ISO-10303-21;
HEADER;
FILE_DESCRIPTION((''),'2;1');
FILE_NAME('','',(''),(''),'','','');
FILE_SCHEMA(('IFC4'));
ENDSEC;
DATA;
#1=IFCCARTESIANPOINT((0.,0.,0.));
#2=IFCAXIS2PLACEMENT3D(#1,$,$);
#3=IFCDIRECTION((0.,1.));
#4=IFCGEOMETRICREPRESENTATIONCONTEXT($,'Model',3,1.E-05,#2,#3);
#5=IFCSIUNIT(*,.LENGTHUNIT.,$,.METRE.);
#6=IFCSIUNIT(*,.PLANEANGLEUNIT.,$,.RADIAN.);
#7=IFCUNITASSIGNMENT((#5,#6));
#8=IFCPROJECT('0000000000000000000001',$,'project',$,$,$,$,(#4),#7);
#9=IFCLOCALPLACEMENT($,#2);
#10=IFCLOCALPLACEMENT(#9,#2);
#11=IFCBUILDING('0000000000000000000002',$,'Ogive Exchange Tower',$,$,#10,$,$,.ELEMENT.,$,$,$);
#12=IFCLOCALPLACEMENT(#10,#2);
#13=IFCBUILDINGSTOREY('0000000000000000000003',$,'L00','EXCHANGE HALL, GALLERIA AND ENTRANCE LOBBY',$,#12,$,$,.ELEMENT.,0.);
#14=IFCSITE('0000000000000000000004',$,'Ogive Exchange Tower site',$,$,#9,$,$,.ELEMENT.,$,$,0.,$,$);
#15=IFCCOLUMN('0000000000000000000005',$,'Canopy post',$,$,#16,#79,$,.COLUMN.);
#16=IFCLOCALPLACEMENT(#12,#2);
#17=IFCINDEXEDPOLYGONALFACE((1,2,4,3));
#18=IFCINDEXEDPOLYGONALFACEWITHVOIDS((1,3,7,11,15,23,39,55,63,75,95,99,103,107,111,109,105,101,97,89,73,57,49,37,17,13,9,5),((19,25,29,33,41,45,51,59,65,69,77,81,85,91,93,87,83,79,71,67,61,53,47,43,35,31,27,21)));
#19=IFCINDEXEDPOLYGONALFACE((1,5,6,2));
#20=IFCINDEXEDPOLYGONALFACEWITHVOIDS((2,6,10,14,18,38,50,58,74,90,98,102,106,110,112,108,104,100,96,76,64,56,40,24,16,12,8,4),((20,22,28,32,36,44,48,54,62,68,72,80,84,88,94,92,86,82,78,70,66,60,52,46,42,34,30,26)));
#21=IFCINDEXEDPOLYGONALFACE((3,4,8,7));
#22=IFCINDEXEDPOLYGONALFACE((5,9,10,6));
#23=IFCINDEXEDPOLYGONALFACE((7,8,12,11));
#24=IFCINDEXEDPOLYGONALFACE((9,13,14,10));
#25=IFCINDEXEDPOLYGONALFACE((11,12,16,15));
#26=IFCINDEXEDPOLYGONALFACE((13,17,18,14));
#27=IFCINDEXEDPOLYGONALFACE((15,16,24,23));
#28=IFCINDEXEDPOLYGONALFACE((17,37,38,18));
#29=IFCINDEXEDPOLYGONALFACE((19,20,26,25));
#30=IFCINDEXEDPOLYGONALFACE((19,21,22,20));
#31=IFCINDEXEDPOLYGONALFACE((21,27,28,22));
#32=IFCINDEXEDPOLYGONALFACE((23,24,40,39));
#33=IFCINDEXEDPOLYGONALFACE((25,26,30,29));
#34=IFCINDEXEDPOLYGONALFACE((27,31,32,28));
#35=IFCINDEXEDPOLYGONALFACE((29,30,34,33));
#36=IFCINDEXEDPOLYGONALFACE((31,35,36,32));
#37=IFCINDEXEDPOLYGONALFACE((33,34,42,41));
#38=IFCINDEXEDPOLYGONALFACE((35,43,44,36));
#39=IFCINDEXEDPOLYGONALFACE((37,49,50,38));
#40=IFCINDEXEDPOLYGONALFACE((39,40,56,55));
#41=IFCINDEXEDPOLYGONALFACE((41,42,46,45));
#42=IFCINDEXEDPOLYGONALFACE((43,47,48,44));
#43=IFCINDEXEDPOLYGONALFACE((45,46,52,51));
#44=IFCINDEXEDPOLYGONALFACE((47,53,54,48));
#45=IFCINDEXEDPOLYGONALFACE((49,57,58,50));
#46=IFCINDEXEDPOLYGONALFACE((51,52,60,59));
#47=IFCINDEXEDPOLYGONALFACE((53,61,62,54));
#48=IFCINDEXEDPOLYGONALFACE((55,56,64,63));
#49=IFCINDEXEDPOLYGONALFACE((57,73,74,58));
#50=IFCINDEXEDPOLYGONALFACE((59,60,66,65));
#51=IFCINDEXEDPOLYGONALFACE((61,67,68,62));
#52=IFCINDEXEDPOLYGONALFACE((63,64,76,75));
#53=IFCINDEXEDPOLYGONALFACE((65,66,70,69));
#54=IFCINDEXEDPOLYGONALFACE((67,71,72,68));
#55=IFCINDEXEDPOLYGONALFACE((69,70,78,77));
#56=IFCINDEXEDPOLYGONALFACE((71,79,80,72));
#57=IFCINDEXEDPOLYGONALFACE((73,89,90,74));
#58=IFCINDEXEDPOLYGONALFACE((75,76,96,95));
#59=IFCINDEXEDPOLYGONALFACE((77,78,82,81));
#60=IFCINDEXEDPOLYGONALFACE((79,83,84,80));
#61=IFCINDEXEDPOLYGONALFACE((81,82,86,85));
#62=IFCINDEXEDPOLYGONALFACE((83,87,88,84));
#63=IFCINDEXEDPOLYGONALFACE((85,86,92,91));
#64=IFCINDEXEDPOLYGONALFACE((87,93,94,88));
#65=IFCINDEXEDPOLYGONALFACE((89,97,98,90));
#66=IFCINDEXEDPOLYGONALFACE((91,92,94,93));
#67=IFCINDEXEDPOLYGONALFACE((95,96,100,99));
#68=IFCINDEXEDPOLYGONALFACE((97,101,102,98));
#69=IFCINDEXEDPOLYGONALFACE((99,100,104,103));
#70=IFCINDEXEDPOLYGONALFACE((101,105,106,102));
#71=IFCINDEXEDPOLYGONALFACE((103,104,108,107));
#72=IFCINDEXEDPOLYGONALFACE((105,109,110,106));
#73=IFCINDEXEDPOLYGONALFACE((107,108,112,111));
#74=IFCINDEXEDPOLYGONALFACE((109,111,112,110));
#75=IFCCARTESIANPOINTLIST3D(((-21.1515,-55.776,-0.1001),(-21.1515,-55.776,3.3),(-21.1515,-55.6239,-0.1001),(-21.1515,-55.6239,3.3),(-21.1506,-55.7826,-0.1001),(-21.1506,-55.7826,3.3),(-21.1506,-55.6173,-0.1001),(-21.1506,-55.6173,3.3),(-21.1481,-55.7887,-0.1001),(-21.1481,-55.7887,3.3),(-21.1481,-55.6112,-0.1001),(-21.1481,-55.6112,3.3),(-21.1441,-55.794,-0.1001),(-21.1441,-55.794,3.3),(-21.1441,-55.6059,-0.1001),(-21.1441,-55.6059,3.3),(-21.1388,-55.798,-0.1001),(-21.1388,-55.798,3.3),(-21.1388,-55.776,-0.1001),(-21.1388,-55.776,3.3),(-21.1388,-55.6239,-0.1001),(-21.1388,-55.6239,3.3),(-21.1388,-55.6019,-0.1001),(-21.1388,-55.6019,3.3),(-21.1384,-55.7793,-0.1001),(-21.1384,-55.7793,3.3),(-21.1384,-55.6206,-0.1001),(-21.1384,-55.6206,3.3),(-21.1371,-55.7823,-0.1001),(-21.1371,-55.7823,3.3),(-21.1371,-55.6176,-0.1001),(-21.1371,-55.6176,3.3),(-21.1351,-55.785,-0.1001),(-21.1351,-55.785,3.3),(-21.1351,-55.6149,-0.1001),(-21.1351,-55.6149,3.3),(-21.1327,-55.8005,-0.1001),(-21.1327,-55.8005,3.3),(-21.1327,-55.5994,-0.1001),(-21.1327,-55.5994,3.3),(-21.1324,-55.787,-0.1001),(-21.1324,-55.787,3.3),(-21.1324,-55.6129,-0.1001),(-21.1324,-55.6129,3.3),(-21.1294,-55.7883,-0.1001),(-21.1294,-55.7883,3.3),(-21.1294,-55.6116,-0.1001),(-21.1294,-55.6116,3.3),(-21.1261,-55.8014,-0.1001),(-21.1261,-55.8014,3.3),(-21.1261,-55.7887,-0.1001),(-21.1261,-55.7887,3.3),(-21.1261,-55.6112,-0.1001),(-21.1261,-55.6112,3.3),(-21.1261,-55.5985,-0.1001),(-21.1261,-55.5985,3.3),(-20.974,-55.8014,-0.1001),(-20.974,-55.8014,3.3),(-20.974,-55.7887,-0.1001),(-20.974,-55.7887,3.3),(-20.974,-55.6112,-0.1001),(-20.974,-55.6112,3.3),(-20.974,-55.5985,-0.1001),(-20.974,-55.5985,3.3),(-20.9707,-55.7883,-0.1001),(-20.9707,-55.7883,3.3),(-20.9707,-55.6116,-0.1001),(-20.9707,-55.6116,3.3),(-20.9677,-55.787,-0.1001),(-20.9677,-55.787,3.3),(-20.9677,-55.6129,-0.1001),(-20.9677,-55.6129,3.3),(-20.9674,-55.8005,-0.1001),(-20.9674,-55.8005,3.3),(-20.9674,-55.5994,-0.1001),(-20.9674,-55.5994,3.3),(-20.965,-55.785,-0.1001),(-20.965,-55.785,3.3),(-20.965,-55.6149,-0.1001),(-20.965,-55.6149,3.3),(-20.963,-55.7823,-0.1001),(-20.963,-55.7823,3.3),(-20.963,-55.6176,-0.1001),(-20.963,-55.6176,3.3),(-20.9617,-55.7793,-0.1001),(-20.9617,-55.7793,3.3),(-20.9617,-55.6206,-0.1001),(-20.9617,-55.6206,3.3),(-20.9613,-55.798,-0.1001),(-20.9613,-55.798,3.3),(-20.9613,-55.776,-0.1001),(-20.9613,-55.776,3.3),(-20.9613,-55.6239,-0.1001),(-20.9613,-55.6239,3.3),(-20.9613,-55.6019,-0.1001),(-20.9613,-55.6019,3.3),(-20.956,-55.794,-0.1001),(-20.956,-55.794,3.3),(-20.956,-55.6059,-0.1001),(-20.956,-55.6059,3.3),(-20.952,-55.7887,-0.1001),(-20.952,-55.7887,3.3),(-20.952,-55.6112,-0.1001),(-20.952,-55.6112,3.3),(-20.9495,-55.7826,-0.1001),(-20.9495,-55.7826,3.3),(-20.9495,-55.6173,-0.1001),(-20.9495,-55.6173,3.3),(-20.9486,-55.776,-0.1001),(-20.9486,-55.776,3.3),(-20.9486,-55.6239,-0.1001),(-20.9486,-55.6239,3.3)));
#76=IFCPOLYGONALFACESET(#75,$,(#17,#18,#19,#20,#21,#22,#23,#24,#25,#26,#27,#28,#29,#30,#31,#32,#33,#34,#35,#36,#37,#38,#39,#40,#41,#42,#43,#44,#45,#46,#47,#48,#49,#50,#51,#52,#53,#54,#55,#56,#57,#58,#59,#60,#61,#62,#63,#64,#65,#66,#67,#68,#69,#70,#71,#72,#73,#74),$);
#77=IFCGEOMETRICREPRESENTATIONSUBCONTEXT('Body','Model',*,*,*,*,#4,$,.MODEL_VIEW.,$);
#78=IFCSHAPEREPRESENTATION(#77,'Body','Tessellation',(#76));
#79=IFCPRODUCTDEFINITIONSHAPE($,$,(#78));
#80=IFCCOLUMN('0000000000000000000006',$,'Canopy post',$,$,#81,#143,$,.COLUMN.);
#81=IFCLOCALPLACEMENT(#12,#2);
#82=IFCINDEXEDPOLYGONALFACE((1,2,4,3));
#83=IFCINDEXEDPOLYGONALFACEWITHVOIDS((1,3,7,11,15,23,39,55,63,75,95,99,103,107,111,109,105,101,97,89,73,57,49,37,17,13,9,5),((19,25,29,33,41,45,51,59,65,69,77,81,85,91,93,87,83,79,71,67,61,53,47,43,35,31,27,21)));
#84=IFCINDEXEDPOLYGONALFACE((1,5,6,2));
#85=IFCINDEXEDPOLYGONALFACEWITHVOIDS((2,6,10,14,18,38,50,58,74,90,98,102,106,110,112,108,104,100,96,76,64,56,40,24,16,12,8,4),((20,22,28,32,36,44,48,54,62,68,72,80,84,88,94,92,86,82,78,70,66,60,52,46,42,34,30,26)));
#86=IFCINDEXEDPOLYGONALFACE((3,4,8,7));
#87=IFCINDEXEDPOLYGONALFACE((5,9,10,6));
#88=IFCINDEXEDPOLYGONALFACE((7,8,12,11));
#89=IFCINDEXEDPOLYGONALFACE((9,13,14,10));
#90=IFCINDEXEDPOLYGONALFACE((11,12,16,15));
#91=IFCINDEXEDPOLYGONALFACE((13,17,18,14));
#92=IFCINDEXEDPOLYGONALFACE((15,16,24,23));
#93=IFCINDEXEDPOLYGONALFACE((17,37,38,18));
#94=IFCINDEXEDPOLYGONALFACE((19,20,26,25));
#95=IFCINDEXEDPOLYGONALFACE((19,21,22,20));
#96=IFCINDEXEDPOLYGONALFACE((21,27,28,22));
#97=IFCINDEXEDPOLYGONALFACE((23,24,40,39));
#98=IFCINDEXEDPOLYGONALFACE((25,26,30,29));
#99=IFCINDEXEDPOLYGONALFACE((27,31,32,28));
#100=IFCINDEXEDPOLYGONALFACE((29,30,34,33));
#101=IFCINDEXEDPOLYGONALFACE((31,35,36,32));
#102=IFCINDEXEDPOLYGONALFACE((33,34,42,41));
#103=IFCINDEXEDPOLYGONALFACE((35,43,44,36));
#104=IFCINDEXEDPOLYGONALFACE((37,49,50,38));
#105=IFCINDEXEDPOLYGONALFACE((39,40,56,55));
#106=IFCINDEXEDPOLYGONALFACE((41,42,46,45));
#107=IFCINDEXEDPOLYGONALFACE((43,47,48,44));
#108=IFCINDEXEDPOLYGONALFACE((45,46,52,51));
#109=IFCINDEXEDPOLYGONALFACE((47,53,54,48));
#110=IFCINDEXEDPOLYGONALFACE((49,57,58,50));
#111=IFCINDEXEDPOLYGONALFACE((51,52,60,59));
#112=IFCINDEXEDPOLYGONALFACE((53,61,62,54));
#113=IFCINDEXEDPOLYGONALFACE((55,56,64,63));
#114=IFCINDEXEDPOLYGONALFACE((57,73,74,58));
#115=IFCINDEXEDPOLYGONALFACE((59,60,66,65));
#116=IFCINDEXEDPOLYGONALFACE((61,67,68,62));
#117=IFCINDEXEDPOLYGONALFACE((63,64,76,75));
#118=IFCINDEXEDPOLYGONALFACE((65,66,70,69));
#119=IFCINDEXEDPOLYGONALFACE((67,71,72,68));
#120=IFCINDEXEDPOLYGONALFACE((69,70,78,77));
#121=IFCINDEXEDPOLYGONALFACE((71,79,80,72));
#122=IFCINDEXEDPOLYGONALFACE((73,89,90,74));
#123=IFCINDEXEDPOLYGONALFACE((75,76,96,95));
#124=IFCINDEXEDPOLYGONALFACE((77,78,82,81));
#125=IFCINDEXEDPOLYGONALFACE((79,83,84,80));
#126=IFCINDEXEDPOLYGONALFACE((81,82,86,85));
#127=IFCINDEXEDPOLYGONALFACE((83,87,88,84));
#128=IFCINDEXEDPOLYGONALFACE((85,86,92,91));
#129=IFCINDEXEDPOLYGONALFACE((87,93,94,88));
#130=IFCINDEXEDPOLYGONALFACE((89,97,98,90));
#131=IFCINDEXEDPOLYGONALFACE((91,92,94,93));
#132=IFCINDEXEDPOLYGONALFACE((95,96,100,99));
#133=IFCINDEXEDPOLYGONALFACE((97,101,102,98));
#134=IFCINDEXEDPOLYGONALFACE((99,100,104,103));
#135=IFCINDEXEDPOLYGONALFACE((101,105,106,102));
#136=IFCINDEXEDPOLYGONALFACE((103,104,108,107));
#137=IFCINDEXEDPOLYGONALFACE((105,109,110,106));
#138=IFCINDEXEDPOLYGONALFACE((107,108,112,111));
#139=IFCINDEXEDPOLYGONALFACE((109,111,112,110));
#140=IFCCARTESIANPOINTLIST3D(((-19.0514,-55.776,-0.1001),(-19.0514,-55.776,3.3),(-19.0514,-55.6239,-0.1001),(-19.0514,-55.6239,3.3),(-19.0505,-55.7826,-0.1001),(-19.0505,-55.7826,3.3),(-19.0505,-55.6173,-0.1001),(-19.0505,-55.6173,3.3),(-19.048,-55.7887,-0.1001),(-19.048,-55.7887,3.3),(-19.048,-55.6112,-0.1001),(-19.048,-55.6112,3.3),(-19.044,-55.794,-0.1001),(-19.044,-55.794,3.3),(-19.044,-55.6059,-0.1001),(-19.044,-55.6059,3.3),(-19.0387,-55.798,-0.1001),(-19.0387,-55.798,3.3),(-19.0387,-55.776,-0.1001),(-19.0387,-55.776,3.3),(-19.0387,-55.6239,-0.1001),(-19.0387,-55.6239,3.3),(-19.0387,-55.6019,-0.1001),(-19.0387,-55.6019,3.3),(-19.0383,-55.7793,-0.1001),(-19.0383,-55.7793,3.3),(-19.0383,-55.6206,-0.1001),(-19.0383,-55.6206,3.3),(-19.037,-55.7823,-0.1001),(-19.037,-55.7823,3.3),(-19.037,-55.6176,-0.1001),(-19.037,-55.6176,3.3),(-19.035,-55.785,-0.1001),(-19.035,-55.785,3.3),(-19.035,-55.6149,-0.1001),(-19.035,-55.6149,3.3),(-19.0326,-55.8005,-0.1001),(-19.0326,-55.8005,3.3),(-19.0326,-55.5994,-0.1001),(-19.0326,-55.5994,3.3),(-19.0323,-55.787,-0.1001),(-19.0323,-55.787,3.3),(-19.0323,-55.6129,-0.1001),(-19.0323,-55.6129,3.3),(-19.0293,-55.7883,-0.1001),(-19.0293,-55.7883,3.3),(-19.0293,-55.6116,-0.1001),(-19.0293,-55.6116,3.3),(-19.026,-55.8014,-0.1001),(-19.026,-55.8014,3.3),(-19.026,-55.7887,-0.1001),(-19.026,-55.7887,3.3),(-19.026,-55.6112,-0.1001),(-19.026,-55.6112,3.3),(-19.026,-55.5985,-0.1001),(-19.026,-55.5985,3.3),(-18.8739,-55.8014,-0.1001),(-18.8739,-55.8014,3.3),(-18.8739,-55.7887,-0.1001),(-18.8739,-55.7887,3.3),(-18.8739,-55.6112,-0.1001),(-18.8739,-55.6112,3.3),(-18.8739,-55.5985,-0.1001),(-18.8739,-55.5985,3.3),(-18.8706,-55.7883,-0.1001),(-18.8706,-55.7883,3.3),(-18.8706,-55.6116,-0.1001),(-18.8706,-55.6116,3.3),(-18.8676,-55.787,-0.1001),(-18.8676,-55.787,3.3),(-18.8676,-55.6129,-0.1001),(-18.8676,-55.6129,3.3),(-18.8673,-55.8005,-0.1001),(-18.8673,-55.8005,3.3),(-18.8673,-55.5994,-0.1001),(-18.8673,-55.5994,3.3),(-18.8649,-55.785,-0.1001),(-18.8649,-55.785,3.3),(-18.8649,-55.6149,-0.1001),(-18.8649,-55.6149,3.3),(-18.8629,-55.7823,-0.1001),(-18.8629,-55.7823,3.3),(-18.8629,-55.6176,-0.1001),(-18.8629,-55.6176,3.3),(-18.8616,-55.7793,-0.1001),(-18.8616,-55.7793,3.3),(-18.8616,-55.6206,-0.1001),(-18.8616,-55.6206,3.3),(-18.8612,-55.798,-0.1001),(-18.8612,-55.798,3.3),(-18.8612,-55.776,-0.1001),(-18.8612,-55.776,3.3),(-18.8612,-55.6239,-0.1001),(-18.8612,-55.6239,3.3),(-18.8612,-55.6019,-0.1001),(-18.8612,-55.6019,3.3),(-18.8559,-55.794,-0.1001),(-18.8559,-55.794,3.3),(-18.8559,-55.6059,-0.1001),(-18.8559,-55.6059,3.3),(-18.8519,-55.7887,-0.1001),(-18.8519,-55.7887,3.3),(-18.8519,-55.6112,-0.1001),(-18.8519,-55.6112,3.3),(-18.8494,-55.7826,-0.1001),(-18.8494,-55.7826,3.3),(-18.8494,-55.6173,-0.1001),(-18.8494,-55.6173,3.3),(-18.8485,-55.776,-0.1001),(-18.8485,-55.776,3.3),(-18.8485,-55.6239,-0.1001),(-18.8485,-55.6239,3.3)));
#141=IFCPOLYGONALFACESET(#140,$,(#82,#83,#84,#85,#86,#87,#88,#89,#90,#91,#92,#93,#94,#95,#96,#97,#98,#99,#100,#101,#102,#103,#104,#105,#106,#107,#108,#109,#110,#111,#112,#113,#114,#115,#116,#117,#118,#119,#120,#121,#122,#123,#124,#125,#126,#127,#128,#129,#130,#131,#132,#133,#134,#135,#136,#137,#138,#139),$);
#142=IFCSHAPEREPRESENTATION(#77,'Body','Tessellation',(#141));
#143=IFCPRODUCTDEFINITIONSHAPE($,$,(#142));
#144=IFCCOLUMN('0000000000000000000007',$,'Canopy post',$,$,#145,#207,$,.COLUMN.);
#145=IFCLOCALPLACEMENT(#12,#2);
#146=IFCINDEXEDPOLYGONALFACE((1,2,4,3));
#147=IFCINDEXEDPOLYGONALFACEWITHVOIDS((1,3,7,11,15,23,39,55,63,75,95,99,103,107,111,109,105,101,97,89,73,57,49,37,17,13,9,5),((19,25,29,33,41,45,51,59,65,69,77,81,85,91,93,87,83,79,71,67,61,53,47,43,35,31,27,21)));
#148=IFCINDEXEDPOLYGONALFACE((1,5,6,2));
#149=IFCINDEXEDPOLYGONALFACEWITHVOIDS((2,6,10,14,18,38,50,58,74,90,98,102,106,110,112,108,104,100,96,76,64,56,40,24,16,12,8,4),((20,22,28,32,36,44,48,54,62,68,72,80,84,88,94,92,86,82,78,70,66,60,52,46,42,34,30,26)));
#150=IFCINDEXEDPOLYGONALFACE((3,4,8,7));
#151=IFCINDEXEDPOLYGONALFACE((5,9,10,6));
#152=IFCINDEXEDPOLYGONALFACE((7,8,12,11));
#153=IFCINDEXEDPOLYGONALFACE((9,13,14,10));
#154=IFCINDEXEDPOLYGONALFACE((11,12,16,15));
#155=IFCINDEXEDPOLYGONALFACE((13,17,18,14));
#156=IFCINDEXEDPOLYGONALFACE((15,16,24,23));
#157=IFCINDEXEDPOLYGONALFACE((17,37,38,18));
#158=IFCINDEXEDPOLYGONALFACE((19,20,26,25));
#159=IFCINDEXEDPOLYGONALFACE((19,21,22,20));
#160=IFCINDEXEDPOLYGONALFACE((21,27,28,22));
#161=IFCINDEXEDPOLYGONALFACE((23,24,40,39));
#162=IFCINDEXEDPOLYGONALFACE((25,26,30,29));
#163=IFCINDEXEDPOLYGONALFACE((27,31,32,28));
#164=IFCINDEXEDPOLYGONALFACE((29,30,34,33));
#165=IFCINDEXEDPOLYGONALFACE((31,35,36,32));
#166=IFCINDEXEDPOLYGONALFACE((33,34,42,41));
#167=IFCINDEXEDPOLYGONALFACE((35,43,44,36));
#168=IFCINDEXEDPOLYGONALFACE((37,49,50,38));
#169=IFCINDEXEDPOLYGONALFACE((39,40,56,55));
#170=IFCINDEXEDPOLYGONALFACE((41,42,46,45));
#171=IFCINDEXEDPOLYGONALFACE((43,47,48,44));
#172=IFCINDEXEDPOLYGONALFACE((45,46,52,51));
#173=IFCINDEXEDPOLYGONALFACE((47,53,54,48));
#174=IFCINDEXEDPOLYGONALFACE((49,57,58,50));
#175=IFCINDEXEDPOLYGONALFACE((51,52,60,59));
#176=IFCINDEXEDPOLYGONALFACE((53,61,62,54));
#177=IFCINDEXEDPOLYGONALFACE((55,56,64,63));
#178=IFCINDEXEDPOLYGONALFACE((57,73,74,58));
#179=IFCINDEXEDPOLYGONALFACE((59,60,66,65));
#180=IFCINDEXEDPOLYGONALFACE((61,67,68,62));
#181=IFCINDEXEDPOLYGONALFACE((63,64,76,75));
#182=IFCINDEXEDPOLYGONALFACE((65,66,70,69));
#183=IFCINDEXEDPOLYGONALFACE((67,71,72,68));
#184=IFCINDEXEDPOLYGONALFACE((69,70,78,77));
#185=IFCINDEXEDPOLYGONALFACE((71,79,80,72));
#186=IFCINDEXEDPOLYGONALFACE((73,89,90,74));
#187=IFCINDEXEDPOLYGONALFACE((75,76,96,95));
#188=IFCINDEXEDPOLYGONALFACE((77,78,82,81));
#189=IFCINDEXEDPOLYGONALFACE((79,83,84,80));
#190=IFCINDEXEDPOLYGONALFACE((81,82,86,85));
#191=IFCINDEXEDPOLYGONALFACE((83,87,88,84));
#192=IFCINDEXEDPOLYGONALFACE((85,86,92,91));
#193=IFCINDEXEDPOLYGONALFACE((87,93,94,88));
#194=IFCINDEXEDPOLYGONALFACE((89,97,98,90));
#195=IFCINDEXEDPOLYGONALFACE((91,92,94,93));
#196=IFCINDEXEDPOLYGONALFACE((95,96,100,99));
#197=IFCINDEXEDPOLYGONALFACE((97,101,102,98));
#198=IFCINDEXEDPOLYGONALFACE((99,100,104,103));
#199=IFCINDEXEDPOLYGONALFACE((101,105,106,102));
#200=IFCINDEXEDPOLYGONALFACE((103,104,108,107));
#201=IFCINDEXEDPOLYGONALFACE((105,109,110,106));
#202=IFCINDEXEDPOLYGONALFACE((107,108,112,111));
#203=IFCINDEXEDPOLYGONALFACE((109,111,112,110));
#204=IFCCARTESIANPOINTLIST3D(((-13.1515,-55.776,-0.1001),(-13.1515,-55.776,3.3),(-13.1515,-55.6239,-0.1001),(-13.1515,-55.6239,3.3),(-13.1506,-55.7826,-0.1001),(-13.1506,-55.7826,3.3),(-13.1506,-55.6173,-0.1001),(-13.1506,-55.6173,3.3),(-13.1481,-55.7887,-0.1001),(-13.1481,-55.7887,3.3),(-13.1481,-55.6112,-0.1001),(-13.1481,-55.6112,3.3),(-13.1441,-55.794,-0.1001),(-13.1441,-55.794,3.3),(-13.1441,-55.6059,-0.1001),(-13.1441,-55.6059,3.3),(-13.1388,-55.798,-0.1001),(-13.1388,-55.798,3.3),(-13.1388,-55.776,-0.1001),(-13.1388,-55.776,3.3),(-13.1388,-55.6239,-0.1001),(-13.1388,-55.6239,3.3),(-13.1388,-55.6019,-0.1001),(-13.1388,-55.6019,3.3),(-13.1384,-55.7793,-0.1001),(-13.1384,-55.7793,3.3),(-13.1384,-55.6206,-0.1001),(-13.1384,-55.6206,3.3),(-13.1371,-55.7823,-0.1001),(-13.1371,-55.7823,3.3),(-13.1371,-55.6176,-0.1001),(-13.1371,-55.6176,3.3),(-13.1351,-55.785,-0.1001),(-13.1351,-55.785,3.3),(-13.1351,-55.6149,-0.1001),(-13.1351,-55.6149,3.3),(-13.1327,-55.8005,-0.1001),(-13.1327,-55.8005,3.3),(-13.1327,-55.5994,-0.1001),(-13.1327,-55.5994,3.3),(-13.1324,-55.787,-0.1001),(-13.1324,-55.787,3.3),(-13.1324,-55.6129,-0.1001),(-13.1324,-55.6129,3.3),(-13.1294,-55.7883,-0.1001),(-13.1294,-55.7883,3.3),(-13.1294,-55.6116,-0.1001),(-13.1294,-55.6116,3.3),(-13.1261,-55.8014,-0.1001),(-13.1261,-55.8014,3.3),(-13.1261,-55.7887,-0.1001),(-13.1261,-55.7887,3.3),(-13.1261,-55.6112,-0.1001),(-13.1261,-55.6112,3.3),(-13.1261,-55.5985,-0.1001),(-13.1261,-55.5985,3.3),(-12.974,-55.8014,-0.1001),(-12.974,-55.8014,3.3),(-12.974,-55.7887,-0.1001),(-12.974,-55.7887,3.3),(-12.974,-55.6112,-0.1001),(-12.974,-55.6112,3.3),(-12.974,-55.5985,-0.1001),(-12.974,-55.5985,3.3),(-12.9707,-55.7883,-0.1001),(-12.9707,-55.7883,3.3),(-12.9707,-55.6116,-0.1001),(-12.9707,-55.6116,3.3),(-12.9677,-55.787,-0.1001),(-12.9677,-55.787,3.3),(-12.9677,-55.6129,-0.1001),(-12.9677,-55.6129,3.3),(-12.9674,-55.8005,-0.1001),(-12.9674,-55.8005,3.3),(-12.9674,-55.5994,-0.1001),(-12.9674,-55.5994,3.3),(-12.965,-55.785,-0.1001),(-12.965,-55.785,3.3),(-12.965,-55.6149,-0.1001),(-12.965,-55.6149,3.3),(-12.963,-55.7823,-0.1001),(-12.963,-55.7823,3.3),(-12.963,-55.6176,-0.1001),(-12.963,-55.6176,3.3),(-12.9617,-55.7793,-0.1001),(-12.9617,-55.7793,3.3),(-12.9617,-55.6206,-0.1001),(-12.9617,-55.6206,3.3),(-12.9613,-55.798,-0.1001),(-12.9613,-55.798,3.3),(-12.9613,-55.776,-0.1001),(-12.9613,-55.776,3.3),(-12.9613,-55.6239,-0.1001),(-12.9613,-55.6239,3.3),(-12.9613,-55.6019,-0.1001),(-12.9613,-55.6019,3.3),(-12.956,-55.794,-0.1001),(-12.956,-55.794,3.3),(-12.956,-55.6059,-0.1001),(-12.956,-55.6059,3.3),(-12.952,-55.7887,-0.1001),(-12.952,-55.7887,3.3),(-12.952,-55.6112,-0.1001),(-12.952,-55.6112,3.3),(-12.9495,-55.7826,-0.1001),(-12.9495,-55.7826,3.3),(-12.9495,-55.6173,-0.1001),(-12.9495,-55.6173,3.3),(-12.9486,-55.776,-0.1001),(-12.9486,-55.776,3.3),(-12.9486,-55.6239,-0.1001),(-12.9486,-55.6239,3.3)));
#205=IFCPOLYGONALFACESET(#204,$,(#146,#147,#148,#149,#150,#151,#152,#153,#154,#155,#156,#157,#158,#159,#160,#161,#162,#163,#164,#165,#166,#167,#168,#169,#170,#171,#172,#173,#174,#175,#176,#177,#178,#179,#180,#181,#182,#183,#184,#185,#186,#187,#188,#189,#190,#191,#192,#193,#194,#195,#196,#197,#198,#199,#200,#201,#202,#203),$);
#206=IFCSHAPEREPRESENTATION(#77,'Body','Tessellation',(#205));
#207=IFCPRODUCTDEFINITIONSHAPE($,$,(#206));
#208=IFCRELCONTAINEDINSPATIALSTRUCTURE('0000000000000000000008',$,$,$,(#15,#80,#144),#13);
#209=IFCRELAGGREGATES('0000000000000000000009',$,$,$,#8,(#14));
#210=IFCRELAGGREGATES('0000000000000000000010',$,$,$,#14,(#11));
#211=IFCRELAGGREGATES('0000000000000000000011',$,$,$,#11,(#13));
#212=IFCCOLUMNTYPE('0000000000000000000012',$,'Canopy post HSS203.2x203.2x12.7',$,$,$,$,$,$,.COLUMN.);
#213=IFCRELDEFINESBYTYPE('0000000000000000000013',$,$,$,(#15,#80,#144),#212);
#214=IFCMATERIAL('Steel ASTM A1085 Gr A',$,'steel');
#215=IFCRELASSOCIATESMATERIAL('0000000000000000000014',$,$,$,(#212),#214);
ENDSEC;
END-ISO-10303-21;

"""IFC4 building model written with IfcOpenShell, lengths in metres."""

from ifc_helpers import new_model, si_unit, direction, frame, origin, origin_2d, place, context, subcontext, project, spatial, hollow_rectangle, extrude, material, material_profile, profile_set, type_object, element, save


model = new_model("IFC4")

# Units and contexts
model_context = context("Model", 3, precision=1e-05, world=origin(), true_north=direction((0.0, 1.0)))
body_context = subcontext(model_context, "Body", "Model", "MODEL_VIEW")
ifc_project = project(units=[si_unit("LENGTHUNIT", "METRE"), si_unit("PLANEANGLEUNIT", "RADIAN")], contexts=[model_context])

# Site, building, storey
site_placement = place(None, origin())
site = spatial("IfcSite", under=ifc_project, at=site_placement, Name="Ogive Exchange Tower site", CompositionType="ELEMENT", RefElevation=0.0)
building_placement = place(site_placement, origin())
building = spatial("IfcBuilding", under=site, at=building_placement, Name="Ogive Exchange Tower", CompositionType="ELEMENT")
storey_placement = place(building_placement, origin())
storey = spatial("IfcBuildingStorey", under=building, at=storey_placement, Name="L00", Description="EXCHANGE HALL, GALLERIA AND ENTRANCE LOBBY", CompositionType="ELEMENT", Elevation=0.0)

# Columns
ifc_material_1 = material(Name="Steel ASTM A1085 Gr A", Category="steel")
ifc_material_profile_1 = material_profile(ifc_material_1, hollow_rectangle(XDim=0.2029, YDim=0.2029, WallThickness=0.0127, InnerFilletRadius=0.0127, OuterFilletRadius=0.0254, at=origin_2d()), Name="HSS203.2x203.2x12.7")
ifc_profile_set_1 = profile_set([ifc_material_profile_1], Name="Steel ASTM A1085 Gr A")
column_type_1 = type_object("IfcColumnType", Name="Canopy post HSS203.2x203.2x12.7", PredefinedType="COLUMN", material=ifc_profile_set_1)
for number, where, z_axis, x_axis, name in (
    (1, (-21.05, -55.7, -0.1001), (0.0, 0.0, 1.0), (1.0, 0.0, 0.0), "Canopy post"),
    (2, (-18.95, -55.7, -0.1001), (0.0, 0.0, 1.0), (1.0, 0.0, 0.0), "Canopy post"),
    (3, (-13.05, -55.7, -0.1001), (0.0, 0.0, 1.0), (1.0, 0.0, 0.0), "Canopy post"),
):
    element("IfcColumn", number, at=place(storey_placement, frame(where, z_axis=z_axis, x_axis=x_axis)), inside=storey, type_object=column_type_1, Name=name, PredefinedType="COLUMN", context=body_context, shape_type="SweptSolid", body=[
        extrude(hollow_rectangle(XDim=0.2029, YDim=0.2029, WallThickness=0.0127, InnerFilletRadius=0.0127, OuterFilletRadius=0.0254, at=origin_2d()), origin(), (0.0, 0.0, 1.0), 3.4001),
    ])

save(model, "model.ifc")
